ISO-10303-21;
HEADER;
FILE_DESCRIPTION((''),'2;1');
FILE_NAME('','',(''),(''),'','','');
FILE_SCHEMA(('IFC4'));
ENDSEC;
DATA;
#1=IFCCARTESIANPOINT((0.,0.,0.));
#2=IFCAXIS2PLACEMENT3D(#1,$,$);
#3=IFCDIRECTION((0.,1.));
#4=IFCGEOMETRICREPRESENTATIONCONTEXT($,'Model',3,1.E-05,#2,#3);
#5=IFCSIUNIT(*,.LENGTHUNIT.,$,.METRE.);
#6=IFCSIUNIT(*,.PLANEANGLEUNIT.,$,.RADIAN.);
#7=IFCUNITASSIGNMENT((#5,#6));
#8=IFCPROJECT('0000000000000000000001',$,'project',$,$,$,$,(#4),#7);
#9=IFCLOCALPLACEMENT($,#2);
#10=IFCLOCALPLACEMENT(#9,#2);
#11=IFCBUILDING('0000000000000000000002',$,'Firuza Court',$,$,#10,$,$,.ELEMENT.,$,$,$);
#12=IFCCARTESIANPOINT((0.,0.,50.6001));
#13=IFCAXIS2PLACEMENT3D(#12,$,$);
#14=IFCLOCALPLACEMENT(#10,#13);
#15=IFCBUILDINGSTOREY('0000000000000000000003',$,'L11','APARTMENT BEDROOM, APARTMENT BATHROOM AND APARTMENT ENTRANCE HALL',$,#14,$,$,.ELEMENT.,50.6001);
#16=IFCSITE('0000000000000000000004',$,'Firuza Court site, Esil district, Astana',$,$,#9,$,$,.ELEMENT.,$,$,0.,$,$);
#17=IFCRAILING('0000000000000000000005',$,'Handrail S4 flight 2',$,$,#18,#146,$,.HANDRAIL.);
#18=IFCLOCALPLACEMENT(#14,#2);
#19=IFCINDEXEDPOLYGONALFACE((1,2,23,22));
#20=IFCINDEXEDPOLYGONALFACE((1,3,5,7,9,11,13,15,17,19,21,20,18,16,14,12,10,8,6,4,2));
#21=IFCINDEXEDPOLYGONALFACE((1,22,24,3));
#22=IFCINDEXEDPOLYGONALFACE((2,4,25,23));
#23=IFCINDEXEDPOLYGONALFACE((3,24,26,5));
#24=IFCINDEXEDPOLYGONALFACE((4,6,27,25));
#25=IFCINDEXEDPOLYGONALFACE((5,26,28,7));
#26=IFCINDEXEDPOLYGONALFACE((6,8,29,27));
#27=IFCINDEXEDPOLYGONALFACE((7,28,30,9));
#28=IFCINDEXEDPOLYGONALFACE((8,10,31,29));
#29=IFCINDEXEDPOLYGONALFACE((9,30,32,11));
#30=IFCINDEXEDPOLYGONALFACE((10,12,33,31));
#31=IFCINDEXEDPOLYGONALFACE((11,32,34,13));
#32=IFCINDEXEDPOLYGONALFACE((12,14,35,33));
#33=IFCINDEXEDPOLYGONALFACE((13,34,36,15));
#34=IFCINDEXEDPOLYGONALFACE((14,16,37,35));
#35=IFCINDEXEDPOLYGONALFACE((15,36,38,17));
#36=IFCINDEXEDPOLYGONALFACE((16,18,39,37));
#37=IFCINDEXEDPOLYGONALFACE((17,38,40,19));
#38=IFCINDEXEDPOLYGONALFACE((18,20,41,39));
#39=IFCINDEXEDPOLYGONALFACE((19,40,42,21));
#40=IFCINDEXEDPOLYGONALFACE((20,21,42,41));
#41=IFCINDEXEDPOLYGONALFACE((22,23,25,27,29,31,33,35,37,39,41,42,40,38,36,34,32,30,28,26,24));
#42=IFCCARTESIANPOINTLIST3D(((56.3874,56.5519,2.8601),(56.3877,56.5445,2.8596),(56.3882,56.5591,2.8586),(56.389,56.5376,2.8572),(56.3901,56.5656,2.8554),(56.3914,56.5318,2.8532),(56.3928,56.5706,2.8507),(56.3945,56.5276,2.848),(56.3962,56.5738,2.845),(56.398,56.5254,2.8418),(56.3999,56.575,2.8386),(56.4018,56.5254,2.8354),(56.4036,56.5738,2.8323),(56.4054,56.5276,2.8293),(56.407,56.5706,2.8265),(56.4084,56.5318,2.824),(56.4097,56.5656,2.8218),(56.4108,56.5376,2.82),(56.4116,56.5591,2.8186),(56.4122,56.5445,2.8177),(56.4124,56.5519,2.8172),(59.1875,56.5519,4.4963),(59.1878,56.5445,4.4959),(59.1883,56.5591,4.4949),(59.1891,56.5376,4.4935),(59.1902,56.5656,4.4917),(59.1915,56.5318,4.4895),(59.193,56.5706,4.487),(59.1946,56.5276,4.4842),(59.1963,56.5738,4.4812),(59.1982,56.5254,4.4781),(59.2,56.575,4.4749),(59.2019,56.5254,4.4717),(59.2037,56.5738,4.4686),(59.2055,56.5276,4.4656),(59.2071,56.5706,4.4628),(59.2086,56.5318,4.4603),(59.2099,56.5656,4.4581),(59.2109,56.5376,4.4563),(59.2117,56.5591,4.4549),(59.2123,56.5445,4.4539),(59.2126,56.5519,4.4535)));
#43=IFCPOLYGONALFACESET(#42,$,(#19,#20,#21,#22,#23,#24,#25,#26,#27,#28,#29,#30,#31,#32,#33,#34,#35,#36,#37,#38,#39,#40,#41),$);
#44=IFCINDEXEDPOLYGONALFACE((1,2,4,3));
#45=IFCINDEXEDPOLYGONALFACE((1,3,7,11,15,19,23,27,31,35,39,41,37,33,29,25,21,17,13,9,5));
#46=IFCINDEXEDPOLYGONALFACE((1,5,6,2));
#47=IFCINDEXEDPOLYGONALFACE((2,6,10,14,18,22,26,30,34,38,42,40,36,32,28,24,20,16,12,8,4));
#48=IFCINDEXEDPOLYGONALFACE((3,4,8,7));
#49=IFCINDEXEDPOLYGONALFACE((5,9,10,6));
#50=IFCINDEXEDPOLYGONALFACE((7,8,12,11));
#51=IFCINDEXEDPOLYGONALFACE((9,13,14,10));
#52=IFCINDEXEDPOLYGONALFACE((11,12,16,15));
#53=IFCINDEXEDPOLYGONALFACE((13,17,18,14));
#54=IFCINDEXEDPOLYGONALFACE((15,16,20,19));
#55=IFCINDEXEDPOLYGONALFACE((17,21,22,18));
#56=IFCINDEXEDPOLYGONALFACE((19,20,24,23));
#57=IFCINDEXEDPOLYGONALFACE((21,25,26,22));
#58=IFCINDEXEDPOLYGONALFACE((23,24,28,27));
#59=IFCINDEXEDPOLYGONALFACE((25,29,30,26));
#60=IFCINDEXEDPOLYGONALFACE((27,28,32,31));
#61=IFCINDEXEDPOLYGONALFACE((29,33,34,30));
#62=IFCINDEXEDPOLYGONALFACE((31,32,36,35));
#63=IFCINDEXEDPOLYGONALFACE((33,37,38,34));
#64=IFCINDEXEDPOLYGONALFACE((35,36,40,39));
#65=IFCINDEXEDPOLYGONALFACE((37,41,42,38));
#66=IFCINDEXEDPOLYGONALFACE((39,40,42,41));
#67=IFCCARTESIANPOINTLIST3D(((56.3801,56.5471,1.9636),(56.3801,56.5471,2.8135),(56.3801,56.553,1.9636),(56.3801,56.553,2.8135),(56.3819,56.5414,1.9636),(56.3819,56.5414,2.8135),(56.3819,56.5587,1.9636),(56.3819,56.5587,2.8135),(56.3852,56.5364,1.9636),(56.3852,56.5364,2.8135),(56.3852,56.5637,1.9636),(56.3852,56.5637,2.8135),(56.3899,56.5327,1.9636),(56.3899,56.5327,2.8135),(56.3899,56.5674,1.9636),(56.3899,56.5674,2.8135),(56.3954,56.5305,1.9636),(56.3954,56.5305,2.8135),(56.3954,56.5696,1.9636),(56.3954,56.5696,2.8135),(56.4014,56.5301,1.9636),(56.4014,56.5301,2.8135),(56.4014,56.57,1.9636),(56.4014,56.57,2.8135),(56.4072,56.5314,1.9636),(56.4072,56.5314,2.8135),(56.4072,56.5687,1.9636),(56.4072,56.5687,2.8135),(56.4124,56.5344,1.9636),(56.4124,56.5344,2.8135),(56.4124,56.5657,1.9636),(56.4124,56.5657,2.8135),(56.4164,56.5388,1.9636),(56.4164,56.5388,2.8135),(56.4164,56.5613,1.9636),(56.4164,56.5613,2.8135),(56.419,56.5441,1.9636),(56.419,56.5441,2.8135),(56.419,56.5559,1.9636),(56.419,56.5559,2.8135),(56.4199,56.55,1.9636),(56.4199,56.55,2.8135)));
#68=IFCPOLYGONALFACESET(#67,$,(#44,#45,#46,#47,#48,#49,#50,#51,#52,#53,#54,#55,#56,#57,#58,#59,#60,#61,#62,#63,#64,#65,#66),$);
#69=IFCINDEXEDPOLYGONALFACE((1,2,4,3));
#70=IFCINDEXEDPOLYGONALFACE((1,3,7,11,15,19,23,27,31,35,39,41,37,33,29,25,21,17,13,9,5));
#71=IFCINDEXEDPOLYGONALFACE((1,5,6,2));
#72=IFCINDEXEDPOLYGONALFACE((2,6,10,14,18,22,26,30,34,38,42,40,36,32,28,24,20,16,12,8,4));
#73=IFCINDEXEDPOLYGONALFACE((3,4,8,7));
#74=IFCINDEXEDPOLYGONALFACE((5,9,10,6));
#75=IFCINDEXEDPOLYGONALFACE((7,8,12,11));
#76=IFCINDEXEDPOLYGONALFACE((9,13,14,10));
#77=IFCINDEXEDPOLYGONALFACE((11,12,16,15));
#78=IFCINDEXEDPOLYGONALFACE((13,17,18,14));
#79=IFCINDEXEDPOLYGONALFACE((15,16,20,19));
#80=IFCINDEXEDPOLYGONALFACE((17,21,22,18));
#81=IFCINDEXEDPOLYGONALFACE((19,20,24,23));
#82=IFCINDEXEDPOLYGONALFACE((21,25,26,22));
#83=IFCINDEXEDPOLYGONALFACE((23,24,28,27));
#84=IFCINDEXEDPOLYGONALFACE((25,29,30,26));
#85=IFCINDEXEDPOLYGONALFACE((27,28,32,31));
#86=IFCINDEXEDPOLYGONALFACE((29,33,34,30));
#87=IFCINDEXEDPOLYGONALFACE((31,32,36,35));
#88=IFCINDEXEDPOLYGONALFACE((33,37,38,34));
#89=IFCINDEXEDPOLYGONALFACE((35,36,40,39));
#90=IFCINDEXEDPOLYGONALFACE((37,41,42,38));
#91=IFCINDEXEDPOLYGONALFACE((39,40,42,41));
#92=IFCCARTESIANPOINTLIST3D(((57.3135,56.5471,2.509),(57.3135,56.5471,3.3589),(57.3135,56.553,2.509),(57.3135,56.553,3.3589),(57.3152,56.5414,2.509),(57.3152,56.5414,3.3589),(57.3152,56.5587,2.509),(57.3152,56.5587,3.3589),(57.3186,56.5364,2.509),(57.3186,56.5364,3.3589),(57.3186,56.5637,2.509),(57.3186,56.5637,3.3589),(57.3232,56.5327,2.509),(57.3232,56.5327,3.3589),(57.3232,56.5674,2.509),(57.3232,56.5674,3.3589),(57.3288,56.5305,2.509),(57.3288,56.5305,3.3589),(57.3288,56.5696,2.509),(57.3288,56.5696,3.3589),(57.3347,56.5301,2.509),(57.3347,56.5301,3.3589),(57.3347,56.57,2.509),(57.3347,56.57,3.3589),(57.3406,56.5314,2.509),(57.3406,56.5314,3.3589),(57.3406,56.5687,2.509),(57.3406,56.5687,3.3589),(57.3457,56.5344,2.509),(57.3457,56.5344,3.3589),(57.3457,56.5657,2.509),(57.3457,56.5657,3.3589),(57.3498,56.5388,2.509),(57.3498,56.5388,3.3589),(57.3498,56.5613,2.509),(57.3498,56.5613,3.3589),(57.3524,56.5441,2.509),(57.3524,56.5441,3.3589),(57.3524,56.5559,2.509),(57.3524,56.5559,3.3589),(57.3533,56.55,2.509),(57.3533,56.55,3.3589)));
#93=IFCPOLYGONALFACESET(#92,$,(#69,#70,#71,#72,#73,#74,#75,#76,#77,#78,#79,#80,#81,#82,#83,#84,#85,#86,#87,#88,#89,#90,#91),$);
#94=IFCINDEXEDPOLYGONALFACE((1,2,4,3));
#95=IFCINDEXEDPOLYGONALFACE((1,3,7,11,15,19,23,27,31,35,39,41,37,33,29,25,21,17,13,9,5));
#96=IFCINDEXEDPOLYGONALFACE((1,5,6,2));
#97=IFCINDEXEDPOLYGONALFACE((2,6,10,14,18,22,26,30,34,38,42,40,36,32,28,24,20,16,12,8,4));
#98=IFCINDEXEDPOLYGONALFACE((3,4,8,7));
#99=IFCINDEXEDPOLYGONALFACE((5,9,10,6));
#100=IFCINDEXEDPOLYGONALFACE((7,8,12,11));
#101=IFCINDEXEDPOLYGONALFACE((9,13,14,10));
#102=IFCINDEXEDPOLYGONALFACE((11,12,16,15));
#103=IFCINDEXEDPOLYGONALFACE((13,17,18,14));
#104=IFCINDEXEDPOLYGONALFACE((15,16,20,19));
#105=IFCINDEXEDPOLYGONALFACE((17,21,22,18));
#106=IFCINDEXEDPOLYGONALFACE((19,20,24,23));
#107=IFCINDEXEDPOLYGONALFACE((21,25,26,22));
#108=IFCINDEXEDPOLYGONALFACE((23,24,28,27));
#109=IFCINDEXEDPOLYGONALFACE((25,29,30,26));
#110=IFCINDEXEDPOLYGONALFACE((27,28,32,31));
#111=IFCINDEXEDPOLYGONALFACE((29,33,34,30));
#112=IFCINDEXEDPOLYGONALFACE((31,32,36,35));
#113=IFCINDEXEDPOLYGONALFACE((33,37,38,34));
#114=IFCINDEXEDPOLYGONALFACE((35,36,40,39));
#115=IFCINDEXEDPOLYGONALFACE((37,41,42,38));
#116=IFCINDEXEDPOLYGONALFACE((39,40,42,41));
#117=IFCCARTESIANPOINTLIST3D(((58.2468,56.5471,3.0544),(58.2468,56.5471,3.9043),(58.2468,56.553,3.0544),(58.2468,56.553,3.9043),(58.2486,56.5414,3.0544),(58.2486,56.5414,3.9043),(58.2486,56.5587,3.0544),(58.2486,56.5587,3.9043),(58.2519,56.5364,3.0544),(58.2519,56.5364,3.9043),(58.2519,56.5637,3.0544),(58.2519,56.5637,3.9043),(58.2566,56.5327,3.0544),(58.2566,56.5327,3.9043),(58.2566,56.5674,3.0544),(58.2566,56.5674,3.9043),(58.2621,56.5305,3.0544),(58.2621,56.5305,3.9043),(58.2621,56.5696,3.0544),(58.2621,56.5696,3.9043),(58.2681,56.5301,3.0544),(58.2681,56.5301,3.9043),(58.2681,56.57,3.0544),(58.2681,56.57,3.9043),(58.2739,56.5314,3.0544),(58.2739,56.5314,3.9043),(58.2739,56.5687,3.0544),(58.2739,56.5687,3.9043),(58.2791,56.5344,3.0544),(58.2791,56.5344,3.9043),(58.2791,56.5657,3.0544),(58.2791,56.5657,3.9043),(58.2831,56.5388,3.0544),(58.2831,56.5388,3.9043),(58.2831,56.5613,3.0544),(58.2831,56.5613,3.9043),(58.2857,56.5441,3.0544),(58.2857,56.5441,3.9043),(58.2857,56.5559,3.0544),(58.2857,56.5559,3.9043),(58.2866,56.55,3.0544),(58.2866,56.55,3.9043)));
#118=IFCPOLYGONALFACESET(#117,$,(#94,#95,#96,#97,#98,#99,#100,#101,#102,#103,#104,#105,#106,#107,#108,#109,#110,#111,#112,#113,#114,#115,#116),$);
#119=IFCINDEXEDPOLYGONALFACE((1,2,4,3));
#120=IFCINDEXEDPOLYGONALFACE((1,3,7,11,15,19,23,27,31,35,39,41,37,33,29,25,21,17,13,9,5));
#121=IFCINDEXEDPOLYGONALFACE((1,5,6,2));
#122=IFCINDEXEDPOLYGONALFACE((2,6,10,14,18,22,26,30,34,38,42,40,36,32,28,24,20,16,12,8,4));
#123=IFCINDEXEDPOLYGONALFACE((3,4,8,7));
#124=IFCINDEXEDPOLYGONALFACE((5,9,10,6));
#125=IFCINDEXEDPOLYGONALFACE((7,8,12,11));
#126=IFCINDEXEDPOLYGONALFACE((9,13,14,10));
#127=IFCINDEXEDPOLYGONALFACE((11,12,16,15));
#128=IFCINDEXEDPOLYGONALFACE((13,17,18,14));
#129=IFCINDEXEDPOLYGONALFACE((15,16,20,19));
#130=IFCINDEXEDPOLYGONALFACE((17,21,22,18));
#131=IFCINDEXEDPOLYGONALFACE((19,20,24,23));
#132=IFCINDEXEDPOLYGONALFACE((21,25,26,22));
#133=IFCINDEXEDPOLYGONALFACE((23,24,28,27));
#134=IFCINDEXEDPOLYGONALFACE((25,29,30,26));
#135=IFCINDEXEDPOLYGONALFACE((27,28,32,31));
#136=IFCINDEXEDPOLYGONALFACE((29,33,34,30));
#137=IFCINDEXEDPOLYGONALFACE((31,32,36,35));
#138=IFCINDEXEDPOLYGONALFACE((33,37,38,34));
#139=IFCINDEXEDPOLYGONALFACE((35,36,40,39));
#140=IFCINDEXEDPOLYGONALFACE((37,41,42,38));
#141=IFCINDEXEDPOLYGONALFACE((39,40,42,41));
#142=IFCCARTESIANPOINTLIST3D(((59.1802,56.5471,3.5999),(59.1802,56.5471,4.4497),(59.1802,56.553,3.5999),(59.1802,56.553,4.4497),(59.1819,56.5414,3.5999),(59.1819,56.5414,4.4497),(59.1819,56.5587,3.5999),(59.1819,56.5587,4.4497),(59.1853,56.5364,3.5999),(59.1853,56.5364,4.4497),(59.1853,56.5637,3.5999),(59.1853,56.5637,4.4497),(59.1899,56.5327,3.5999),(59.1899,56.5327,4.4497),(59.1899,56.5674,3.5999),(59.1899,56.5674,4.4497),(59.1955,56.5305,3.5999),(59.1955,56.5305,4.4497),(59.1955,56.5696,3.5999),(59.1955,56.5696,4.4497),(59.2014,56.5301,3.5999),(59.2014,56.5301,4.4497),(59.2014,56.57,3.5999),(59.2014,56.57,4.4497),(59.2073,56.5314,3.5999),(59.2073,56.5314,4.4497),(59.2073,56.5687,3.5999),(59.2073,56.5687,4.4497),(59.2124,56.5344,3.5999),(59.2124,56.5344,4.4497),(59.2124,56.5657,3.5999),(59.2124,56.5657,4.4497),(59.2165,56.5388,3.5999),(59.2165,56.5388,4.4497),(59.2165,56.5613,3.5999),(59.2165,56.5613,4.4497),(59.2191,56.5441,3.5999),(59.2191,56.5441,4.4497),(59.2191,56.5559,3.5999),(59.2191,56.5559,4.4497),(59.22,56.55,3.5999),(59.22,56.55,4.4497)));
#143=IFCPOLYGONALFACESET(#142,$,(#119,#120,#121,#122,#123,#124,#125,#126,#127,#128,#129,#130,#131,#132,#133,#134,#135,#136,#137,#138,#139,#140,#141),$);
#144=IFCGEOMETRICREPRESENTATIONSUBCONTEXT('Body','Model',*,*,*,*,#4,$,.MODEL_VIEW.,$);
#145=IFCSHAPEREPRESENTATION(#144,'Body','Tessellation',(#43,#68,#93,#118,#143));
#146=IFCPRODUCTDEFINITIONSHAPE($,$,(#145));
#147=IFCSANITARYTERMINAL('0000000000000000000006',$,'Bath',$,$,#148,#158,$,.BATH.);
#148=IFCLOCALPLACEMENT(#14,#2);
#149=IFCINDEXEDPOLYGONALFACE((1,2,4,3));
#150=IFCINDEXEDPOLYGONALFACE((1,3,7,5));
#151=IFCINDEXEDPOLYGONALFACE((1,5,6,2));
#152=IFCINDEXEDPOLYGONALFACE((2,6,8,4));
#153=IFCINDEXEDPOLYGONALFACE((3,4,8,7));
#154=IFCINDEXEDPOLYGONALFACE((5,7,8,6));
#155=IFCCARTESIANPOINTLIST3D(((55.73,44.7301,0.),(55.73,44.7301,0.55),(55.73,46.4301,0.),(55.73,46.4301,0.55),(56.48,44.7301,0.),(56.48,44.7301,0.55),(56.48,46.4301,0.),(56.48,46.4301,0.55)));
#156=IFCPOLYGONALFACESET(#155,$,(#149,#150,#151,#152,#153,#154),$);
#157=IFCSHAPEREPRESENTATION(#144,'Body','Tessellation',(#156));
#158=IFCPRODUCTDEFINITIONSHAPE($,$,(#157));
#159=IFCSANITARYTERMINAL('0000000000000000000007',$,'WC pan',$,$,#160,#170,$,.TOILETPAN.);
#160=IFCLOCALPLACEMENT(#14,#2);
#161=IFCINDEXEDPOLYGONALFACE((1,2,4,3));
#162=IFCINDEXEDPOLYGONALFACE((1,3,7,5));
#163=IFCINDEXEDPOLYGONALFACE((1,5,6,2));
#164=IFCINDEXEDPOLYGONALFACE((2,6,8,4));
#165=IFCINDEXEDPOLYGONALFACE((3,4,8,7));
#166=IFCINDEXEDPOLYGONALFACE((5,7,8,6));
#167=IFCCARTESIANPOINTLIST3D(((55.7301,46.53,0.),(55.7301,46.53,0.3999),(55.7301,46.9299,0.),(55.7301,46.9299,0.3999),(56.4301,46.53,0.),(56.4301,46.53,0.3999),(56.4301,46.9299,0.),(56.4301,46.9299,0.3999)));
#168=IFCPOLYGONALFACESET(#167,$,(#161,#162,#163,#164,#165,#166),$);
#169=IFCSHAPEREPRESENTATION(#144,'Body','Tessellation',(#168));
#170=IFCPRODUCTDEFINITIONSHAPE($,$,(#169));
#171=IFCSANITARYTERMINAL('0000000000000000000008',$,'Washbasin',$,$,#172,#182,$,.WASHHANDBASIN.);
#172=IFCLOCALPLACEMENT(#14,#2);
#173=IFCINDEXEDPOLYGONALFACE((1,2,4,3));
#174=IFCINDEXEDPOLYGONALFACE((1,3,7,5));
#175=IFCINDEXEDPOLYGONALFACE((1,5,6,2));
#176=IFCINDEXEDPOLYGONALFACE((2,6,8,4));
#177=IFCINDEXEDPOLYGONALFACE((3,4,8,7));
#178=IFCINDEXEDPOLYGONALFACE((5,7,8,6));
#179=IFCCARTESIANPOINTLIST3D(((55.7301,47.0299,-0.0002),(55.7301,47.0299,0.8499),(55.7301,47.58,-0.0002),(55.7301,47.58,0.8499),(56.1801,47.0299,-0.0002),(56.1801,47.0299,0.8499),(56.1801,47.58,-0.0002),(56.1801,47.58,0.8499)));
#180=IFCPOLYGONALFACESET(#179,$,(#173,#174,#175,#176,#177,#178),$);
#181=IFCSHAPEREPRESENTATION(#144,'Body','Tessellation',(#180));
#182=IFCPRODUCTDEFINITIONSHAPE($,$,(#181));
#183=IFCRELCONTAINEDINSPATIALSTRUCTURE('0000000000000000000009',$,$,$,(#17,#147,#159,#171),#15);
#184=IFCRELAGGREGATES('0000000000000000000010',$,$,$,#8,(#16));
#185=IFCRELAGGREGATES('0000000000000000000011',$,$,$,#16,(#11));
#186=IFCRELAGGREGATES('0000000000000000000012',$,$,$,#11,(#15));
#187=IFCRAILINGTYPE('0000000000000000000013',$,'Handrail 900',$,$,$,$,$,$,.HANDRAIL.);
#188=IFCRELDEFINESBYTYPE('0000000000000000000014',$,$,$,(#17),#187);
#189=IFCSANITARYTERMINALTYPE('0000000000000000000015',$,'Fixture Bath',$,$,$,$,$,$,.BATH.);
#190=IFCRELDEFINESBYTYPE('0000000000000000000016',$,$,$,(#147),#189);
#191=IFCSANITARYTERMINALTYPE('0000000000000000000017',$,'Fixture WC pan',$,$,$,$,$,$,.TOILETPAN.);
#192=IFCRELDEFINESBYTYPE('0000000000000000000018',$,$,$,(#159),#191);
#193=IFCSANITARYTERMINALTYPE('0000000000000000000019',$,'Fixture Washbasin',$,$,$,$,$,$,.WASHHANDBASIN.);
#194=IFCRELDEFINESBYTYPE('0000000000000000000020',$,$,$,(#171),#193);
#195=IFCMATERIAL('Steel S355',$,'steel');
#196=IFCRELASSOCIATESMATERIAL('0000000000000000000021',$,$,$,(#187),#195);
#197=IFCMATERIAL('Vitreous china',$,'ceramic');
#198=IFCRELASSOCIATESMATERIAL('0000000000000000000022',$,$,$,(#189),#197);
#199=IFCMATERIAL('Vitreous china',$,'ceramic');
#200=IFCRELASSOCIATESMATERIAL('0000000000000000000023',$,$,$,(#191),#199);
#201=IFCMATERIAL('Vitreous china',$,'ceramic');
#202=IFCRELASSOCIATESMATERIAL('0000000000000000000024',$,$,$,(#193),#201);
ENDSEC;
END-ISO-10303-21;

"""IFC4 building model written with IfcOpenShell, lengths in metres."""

from ifc_helpers import new_model, si_unit, direction, frame, origin, origin_2d, place, context, subcontext, project, spatial, rectangle, circle, extrude, material, type_object, element, save


model = new_model("IFC4")

# Units and contexts
model_context = context("Model", 3, precision=1e-05, world=origin(), true_north=direction((0.0, 1.0)))
body_context = subcontext(model_context, "Body", "Model", "MODEL_VIEW")
ifc_project = project(units=[si_unit("LENGTHUNIT", "METRE"), si_unit("PLANEANGLEUNIT", "RADIAN")], contexts=[model_context])

# Site, building, storey
site_placement = place(None, origin())
site = spatial("IfcSite", under=ifc_project, at=site_placement, Name="Firuza Court site, Esil district, Astana", CompositionType="ELEMENT", RefElevation=0.0)
building_placement = place(site_placement, origin())
building = spatial("IfcBuilding", under=site, at=building_placement, Name="Firuza Court", CompositionType="ELEMENT")
storey_placement = place(building_placement, frame((0.0, 0.0, 50.6001)))
storey = spatial("IfcBuildingStorey", under=building, at=storey_placement, Name="L11", Description="APARTMENT BEDROOM, APARTMENT BATHROOM AND APARTMENT ENTRANCE HALL", CompositionType="ELEMENT", Elevation=50.6001)

# Railing
ifc_material_1 = material(Name="Steel S355", Category="steel")
railing_type_1 = type_object("IfcRailingType", Name="Handrail 900", PredefinedType="HANDRAIL", material=ifc_material_1)
railing_1_placement = place(storey_placement, frame((56.3999, 56.55, 1.9636)))
element("IfcRailing", 1, at=railing_1_placement, inside=storey, type_object=railing_type_1, Name="Handrail S4 flight 2", PredefinedType="HANDRAIL", context=body_context, shape_type="SweptSolid", body=[
    extrude(circle(Radius=0.0249, at=origin_2d()), frame((0.0, 0.0, 0.875), z_axis=(0.863394, 0.0, 0.504531), x_axis=(0.0, 1.0, 0.0)), (0.0, 0.0, 1.0), 3.2432),
    extrude(circle(Radius=0.02, at=origin_2d()), origin(), (0.0, 0.0, 1.0), 0.8499),
    extrude(circle(Radius=0.02, at=origin_2d()), frame((0.9333, 0.0, 0.5454)), (0.0, 0.0, 1.0), 0.8499),
    extrude(circle(Radius=0.02, at=origin_2d()), frame((1.8667, 0.0, 1.0908)), (0.0, 0.0, 1.0), 0.8499),
    extrude(circle(Radius=0.02, at=origin_2d()), frame((2.8, 0.0, 1.6362)), (0.0, 0.0, 1.0), 0.8499),
])

# Sanitary terminals
ifc_material_2 = material(Name="Vitreous china", Category="ceramic")
sanitary_terminal_type_1 = type_object("IfcSanitaryTerminalType", Name="Fixture Bath", PredefinedType="BATH", material=ifc_material_2)
sanitary_terminal_1_placement = place(storey_placement, frame((56.105, 45.5801, 0.0), z_axis=(0.0, 0.0, 1.0), x_axis=(1.0, 0.0, 0.0)))
element("IfcSanitaryTerminal", 2, at=sanitary_terminal_1_placement, inside=storey, type_object=sanitary_terminal_type_1, Name="Bath", PredefinedType="BATH", context=body_context, shape_type="SweptSolid", body=[
    extrude(rectangle(XDim=0.75, YDim=1.7, at=origin_2d()), origin(), (0.0, 0.0, 1.0), 0.55),
])
ifc_material_3 = material(Name="Vitreous china", Category="ceramic")
sanitary_terminal_type_2 = type_object("IfcSanitaryTerminalType", Name="Fixture WC pan", PredefinedType="TOILETPAN", material=ifc_material_3)
sanitary_terminal_2_placement = place(storey_placement, frame((56.0801, 46.73, 0.0), z_axis=(0.0, 0.0, 1.0), x_axis=(1.0, 0.0, 0.0)))
element("IfcSanitaryTerminal", 3, at=sanitary_terminal_2_placement, inside=storey, type_object=sanitary_terminal_type_2, Name="WC pan", PredefinedType="TOILETPAN", context=body_context, shape_type="SweptSolid", body=[
    extrude(rectangle(XDim=0.7, YDim=0.3999, at=origin_2d()), origin(), (0.0, 0.0, 1.0), 0.3999),
])
ifc_material_4 = material(Name="Vitreous china", Category="ceramic")
sanitary_terminal_type_3 = type_object("IfcSanitaryTerminalType", Name="Fixture Washbasin", PredefinedType="WASHHANDBASIN", material=ifc_material_4)
sanitary_terminal_3_placement = place(storey_placement, frame((55.9551, 47.3049, -0.0002), z_axis=(0.0, 0.0, 1.0), x_axis=(1.0, 0.0, 0.0)))
element("IfcSanitaryTerminal", 4, at=sanitary_terminal_3_placement, inside=storey, type_object=sanitary_terminal_type_3, Name="Washbasin", PredefinedType="WASHHANDBASIN", context=body_context, shape_type="SweptSolid", body=[
    extrude(rectangle(XDim=0.45, YDim=0.55, at=origin_2d()), origin(), (0.0, 0.0, 1.0), 0.8501),
])

save(model, "model.ifc")
